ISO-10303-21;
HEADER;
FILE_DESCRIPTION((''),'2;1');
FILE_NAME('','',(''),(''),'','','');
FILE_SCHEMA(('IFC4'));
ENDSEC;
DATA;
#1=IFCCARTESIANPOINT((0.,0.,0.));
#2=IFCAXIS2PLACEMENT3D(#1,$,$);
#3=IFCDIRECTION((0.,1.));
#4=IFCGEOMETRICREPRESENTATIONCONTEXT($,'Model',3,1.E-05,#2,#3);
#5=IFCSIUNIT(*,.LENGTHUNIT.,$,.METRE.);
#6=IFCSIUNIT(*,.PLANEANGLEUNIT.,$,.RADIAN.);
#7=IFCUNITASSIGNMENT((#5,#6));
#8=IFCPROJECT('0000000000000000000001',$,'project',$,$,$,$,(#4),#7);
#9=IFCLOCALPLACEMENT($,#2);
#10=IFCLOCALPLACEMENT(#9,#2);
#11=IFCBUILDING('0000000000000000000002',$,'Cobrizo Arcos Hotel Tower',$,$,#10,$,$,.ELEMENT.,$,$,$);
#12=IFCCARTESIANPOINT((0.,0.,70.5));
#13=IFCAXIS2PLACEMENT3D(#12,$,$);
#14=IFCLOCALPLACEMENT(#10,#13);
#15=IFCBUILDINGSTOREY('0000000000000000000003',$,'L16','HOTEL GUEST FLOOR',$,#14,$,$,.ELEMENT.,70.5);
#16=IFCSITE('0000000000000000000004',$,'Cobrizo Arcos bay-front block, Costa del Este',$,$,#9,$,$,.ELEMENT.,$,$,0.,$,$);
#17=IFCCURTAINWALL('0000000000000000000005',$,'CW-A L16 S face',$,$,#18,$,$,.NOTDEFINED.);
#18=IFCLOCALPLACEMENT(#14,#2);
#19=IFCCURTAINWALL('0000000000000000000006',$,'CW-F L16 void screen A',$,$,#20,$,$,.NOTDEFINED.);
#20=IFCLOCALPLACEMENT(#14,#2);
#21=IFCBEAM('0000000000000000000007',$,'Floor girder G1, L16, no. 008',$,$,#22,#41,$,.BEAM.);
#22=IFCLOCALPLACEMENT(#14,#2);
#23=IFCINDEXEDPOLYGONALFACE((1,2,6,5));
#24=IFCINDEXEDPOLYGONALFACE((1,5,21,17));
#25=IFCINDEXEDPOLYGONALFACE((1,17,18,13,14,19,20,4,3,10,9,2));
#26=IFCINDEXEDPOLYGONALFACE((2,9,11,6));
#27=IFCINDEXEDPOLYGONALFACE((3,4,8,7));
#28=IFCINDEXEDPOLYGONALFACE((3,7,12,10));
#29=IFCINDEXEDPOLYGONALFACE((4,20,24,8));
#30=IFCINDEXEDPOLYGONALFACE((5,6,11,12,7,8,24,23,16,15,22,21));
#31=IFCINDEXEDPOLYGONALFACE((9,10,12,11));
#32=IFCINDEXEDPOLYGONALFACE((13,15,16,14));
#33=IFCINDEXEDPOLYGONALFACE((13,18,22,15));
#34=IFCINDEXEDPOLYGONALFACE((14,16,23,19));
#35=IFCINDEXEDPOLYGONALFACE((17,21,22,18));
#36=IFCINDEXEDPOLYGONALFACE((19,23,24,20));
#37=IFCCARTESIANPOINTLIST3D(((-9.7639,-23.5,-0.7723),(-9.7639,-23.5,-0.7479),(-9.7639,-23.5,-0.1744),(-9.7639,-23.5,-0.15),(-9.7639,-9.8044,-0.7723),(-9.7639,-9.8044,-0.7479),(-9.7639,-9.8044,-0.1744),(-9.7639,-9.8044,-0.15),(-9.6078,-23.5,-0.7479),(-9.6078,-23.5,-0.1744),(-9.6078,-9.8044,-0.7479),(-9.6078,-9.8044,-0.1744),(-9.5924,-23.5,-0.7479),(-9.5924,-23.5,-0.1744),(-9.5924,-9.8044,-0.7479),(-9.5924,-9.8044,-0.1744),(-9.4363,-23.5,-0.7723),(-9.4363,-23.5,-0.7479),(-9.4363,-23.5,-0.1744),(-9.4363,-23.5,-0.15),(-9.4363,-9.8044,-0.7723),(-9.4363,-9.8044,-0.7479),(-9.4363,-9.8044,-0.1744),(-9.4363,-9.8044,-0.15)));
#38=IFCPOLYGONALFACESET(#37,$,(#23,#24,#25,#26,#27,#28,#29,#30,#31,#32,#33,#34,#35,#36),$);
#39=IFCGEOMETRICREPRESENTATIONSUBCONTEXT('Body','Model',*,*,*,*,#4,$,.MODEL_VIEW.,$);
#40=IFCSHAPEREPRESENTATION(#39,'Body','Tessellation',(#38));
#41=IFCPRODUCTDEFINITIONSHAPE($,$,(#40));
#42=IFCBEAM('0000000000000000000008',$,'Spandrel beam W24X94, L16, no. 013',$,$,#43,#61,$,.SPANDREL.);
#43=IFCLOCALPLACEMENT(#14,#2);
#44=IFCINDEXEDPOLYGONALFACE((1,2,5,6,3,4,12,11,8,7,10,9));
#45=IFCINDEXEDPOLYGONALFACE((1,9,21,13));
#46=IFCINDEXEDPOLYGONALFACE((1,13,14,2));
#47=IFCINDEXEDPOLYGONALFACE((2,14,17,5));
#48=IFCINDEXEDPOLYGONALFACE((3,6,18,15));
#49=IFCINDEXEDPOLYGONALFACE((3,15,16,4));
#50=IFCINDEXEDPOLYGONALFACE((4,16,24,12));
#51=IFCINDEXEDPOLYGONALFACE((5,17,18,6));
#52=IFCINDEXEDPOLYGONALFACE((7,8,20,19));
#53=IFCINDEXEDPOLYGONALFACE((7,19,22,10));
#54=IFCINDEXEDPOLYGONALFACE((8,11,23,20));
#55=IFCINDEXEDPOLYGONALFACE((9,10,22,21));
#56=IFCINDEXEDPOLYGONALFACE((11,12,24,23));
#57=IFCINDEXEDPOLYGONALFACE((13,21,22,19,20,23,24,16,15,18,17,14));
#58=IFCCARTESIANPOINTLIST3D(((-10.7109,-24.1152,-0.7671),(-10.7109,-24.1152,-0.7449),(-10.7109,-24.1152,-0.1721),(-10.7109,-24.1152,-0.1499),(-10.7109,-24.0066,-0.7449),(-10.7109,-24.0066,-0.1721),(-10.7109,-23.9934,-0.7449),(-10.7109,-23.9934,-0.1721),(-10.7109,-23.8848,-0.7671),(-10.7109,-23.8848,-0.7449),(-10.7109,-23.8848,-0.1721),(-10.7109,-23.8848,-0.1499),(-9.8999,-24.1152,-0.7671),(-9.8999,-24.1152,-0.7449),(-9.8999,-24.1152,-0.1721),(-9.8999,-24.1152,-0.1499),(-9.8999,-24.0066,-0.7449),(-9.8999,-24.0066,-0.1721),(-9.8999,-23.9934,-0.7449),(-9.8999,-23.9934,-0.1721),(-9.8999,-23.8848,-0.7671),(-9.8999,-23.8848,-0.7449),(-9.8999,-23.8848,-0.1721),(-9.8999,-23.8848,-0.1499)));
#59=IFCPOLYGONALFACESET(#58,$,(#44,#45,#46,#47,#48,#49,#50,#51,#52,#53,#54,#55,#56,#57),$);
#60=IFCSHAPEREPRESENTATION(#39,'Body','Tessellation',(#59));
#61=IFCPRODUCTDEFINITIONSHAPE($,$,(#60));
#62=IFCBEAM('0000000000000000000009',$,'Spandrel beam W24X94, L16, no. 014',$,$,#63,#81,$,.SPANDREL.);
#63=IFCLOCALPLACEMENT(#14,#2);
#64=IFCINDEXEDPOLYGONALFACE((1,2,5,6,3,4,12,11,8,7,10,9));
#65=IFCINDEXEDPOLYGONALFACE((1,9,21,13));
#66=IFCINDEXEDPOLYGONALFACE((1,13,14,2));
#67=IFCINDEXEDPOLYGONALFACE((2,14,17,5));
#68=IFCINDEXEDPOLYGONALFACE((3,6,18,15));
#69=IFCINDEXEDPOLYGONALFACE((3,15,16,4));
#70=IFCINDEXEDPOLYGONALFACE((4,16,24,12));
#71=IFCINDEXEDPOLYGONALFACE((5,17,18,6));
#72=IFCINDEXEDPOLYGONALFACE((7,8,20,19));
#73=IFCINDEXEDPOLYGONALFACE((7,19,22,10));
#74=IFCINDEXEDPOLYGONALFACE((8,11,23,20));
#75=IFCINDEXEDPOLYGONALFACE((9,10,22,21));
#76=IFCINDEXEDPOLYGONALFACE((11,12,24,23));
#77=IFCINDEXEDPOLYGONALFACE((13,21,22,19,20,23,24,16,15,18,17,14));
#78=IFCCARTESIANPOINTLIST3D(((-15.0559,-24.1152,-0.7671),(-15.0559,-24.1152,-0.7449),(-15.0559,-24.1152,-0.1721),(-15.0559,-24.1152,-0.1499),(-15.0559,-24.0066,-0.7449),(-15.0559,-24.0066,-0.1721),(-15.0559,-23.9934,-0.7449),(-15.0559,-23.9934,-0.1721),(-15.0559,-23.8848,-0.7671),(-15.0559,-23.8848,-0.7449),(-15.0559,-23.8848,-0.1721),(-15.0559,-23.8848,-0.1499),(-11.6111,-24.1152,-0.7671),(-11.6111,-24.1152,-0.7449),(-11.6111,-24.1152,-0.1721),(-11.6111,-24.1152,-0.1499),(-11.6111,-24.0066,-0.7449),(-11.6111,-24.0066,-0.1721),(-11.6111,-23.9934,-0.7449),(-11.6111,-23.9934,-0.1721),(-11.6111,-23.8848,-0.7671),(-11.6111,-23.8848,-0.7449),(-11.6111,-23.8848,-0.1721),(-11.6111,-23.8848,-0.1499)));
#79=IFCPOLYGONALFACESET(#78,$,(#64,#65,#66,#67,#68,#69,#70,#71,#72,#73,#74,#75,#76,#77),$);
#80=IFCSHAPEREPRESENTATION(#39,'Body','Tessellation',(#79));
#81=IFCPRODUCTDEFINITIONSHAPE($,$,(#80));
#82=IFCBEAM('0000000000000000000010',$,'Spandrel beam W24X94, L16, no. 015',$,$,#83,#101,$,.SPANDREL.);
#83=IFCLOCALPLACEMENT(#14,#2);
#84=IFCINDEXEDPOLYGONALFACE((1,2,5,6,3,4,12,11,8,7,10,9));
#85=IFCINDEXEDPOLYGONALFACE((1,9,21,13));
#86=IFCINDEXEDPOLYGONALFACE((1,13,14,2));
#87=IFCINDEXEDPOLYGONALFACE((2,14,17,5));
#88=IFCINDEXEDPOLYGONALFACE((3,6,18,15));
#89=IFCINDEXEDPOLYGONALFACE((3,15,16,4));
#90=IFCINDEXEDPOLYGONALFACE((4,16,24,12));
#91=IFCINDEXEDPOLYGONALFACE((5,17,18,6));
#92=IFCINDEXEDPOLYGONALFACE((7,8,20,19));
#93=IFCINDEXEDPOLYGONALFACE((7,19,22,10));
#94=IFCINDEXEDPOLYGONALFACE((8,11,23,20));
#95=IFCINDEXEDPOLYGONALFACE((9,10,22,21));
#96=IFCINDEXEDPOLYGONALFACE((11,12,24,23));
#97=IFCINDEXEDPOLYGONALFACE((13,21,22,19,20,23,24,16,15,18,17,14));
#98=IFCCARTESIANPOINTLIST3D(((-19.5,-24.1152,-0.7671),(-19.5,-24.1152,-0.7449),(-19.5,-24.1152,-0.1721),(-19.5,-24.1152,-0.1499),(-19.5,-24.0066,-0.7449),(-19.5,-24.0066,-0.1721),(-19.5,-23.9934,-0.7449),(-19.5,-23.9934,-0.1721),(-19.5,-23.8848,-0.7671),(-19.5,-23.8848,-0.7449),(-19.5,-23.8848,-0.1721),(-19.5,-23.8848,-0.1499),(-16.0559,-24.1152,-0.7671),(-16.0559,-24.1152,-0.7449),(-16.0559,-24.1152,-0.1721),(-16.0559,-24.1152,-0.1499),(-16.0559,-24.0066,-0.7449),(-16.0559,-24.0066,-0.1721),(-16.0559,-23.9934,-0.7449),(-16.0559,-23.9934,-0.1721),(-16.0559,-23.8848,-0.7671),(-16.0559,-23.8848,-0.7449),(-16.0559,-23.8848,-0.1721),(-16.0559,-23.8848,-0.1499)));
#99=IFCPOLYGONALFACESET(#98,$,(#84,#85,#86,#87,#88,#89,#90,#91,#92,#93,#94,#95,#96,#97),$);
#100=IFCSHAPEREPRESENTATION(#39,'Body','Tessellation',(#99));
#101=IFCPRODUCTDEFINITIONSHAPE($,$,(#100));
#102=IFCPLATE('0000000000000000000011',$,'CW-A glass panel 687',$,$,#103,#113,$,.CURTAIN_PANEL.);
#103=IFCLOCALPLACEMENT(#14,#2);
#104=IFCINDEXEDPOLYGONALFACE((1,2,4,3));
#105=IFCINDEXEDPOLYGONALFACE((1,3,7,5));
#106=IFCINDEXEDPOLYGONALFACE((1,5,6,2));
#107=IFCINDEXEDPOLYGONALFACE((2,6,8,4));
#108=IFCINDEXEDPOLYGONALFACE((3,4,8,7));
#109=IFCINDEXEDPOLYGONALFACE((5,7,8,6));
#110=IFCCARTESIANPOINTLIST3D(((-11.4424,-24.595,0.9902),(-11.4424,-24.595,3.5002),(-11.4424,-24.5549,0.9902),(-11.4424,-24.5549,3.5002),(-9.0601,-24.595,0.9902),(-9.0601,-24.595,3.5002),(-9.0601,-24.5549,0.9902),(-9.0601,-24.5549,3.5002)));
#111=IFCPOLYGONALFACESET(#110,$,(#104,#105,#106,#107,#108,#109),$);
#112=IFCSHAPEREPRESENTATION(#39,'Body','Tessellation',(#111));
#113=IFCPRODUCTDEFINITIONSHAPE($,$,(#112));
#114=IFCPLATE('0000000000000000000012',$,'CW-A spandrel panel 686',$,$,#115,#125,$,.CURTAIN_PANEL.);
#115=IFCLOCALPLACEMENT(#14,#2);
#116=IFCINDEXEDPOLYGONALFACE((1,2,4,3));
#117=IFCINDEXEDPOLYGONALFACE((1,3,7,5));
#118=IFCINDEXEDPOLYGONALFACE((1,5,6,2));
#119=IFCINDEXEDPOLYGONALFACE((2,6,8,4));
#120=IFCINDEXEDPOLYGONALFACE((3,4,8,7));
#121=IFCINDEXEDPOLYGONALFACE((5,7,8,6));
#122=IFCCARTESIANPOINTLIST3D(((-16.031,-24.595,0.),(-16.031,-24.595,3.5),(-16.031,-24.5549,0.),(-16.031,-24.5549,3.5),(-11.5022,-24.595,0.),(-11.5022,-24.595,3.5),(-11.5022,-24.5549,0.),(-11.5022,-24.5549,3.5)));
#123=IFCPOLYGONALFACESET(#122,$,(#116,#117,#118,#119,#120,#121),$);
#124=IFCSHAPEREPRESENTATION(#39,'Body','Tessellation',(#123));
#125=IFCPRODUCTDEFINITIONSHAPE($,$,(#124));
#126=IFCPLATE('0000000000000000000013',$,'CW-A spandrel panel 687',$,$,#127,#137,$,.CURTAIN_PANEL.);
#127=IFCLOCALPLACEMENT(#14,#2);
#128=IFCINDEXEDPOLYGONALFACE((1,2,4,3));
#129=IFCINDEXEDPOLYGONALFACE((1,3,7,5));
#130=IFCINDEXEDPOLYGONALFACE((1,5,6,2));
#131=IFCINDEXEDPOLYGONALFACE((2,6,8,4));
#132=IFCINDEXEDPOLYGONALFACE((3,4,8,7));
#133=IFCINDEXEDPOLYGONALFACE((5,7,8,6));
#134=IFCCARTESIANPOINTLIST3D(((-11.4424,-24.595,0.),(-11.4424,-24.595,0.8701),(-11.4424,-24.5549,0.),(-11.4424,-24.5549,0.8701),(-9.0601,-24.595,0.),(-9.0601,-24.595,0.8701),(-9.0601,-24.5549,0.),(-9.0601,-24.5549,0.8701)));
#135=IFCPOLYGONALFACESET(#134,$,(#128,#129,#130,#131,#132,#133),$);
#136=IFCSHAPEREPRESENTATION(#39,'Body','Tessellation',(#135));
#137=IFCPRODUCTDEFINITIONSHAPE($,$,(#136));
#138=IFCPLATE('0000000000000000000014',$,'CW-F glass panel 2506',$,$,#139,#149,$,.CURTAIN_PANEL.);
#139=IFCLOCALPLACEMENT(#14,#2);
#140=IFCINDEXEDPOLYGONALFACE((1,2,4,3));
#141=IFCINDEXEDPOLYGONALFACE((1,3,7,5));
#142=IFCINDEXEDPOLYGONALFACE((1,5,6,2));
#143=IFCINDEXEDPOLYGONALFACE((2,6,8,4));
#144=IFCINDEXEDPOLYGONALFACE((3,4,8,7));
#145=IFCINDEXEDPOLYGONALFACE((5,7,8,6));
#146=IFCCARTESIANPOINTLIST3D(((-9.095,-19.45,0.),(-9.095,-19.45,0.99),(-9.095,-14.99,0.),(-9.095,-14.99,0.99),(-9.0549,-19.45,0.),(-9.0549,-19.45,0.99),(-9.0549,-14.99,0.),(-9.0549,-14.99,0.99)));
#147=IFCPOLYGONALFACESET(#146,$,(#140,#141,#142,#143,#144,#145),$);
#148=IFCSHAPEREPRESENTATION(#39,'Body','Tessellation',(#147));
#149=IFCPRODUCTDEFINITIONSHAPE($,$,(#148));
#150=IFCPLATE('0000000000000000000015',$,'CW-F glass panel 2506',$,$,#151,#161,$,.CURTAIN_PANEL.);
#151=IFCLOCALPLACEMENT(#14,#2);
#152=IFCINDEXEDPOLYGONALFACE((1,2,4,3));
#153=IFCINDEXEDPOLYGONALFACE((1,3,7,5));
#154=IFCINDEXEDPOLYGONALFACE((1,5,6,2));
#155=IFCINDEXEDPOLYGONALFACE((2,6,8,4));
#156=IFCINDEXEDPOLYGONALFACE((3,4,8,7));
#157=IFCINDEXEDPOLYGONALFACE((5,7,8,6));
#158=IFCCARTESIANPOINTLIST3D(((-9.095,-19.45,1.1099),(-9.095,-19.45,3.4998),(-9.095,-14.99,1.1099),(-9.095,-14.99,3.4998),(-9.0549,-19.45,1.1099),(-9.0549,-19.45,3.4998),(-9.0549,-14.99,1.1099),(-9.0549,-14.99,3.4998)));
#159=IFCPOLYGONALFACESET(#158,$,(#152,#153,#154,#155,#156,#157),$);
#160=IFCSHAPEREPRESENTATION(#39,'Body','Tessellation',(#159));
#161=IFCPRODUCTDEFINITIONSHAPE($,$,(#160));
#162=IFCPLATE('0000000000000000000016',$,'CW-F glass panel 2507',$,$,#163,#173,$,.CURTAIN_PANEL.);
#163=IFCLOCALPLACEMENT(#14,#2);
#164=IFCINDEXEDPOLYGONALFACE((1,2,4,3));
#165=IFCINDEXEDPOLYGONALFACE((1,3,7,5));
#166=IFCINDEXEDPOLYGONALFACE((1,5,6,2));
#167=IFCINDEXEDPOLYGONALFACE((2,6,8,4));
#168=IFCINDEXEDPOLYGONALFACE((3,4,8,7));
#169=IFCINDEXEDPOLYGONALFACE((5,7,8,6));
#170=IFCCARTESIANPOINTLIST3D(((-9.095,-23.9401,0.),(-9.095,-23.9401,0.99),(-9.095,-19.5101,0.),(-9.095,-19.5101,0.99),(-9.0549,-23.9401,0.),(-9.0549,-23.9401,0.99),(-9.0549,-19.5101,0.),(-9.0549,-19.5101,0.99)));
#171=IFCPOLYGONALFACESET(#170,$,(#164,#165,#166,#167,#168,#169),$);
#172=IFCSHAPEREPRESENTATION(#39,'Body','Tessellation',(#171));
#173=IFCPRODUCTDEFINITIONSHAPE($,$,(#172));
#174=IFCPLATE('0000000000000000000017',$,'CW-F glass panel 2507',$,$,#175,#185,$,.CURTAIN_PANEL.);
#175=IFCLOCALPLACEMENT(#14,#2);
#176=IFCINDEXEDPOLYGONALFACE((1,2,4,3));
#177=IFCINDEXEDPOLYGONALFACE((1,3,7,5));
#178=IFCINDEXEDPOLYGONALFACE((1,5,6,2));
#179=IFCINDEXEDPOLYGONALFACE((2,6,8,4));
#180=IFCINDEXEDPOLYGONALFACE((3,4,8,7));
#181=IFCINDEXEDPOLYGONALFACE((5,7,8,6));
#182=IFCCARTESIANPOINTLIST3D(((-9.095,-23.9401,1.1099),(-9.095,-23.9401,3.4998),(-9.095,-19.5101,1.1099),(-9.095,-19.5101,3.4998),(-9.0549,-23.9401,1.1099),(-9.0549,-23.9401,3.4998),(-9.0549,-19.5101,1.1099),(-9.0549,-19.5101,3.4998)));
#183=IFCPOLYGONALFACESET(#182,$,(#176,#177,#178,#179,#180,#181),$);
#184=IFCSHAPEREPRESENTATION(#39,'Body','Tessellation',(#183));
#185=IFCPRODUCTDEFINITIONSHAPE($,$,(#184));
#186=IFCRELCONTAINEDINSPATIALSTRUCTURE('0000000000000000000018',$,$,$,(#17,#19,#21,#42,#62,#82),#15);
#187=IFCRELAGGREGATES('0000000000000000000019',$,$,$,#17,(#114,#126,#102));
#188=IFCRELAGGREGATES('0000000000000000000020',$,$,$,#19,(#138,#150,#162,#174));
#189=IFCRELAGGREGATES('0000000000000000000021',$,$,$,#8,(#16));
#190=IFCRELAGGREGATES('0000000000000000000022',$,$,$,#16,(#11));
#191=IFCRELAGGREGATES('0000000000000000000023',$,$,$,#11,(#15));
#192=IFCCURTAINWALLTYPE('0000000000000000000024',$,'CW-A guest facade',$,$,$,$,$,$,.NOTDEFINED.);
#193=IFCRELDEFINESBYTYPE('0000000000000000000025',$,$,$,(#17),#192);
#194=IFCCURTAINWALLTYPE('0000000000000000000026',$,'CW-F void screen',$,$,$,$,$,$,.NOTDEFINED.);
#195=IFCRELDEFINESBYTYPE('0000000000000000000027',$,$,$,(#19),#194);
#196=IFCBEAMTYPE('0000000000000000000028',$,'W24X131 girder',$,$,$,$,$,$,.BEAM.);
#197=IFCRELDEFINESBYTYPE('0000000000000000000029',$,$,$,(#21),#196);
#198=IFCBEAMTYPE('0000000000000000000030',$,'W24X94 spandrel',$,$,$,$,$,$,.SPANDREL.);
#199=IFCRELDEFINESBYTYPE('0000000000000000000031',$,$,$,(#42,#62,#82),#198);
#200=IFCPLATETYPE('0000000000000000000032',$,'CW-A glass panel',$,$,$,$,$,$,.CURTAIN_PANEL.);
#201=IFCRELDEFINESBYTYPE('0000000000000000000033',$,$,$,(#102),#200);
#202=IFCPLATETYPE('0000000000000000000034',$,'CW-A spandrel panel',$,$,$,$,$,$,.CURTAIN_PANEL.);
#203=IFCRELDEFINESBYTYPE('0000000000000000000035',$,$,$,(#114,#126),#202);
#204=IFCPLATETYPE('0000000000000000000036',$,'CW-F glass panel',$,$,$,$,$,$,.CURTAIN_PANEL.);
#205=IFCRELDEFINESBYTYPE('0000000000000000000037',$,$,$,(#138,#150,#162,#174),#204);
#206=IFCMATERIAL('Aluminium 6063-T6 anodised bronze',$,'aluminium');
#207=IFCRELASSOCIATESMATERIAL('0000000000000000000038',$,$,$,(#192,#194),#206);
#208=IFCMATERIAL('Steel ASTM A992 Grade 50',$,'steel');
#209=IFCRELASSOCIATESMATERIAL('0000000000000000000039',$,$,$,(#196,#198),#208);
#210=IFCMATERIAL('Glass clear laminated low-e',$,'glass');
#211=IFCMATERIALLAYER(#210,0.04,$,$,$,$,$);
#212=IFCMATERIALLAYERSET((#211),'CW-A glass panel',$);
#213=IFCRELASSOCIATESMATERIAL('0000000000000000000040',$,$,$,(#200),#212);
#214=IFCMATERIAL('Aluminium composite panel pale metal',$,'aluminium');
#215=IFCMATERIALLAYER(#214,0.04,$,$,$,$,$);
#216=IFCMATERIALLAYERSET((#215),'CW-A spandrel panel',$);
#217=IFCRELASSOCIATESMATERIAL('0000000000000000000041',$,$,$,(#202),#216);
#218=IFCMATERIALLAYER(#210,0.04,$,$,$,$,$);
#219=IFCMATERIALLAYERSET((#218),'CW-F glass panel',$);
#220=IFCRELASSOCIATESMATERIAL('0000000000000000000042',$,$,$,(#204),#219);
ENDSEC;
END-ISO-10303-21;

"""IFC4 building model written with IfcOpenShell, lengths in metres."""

from ifc_helpers import new_model, si_unit, direction, frame, origin, origin_2d, place, context, subcontext, project, spatial, rectangle, i_section, extrude, material, layer, layer_set, material_profile, profile_set, type_object, element, aggregate, save


model = new_model("IFC4")

# Units and contexts
model_context = context("Model", 3, precision=1e-05, world=origin(), true_north=direction((0.0, 1.0)))
body_context = subcontext(model_context, "Body", "Model", "MODEL_VIEW")
ifc_project = project(units=[si_unit("LENGTHUNIT", "METRE"), si_unit("PLANEANGLEUNIT", "RADIAN")], contexts=[model_context])

# Site, building, storey
site_placement = place(None, origin())
site = spatial("IfcSite", under=ifc_project, at=site_placement, Name="Cobrizo Arcos bay-front block, Costa del Este", CompositionType="ELEMENT", RefElevation=0.0)
building_placement = place(site_placement, origin())
building = spatial("IfcBuilding", under=site, at=building_placement, Name="Cobrizo Arcos Hotel Tower", CompositionType="ELEMENT")
storey_placement = place(building_placement, frame((0.0, 0.0, 70.5)))
storey = spatial("IfcBuildingStorey", under=building, at=storey_placement, Name="L16", Description="HOTEL GUEST FLOOR", CompositionType="ELEMENT", Elevation=70.5)

# Curtain walls
ifc_material_1 = material(Name="Aluminium 6063-T6 anodised bronze", Category="aluminium")
curtain_wall_type_1 = type_object("IfcCurtainWallType", Name="CW-A guest facade", PredefinedType="NOTDEFINED", material=ifc_material_1)
curtain_wall_1_placement = place(storey_placement, origin())
curtain_wall_1 = element("IfcCurtainWall", 1, at=curtain_wall_1_placement, inside=storey, type_object=curtain_wall_type_1, Name="CW-A L16 S face", PredefinedType="NOTDEFINED")
curtain_wall_type_2 = type_object("IfcCurtainWallType", Name="CW-F void screen", PredefinedType="NOTDEFINED", material=ifc_material_1)
curtain_wall_2_placement = place(storey_placement, origin())
curtain_wall_2 = element("IfcCurtainWall", 2, at=curtain_wall_2_placement, inside=storey, type_object=curtain_wall_type_2, Name="CW-F L16 void screen A", PredefinedType="NOTDEFINED")

# Beams
ifc_material_2 = material(Name="Steel ASTM A992 Grade 50", Category="steel")
ifc_material_profile_1 = material_profile(ifc_material_2, i_section(OverallWidth=0.3276, OverallDepth=0.6223, WebThickness=0.0154, FlangeThickness=0.0244, at=origin_2d()), Name="W24X131")
ifc_profile_set_1 = profile_set([ifc_material_profile_1], Name="Steel ASTM A992 Grade 50")
beam_type_1 = type_object("IfcBeamType", Name="W24X131 girder", PredefinedType="BEAM", material=ifc_profile_set_1)
beam_1_placement = place(storey_placement, frame((-9.6001, -23.5, -0.4612), z_axis=(0.0, 1.0, 0.0), x_axis=(-1.0, 0.0, 0.0)))
element("IfcBeam", 3, at=beam_1_placement, inside=storey, type_object=beam_type_1, Name="Floor girder G1, L16, no. 008", PredefinedType="BEAM", context=body_context, shape_type="SweptSolid", body=[
    extrude(i_section(OverallWidth=0.3276, OverallDepth=0.6223, WebThickness=0.0154, FlangeThickness=0.0244, at=origin_2d()), origin(), (0.0, 0.0, 1.0), 13.6956),
])
ifc_material_profile_2 = material_profile(ifc_material_2, i_section(OverallWidth=0.2305, OverallDepth=0.6172, WebThickness=0.0132, FlangeThickness=0.0222, at=origin_2d()), Name="W24X94")
ifc_profile_set_2 = profile_set([ifc_material_profile_2], Name="Steel ASTM A992 Grade 50")
beam_type_2 = type_object("IfcBeamType", Name="W24X94 spandrel", PredefinedType="SPANDREL", material=ifc_profile_set_2)
beam_2_placement = place(storey_placement, frame((-9.8999, -24.0, -0.4585), z_axis=(-1.0, 0.0, 0.0), x_axis=(0.0, -1.0, 0.0)))
element("IfcBeam", 4, at=beam_2_placement, inside=storey, type_object=beam_type_2, Name="Spandrel beam W24X94, L16, no. 013", PredefinedType="SPANDREL", context=body_context, shape_type="SweptSolid", body=[
    extrude(i_section(OverallWidth=0.2305, OverallDepth=0.6172, WebThickness=0.0132, FlangeThickness=0.0222, at=origin_2d()), origin(), (0.0, 0.0, 1.0), 0.811),
])
beam_3_placement = place(storey_placement, frame((-11.6111, -24.0, -0.4585), z_axis=(-1.0, 0.0, 0.0), x_axis=(0.0, -1.0, 0.0)))
element("IfcBeam", 5, at=beam_3_placement, inside=storey, type_object=beam_type_2, Name="Spandrel beam W24X94, L16, no. 014", PredefinedType="SPANDREL", context=body_context, shape_type="SweptSolid", body=[
    extrude(i_section(OverallWidth=0.2305, OverallDepth=0.6172, WebThickness=0.0132, FlangeThickness=0.0222, at=origin_2d()), origin(), (0.0, 0.0, 1.0), 3.4448),
])
beam_4_placement = place(storey_placement, frame((-16.0559, -24.0, -0.4585), z_axis=(-1.0, 0.0, 0.0), x_axis=(0.0, -1.0, 0.0)))
element("IfcBeam", 6, at=beam_4_placement, inside=storey, type_object=beam_type_2, Name="Spandrel beam W24X94, L16, no. 015", PredefinedType="SPANDREL", context=body_context, shape_type="SweptSolid", body=[
    extrude(i_section(OverallWidth=0.2305, OverallDepth=0.6172, WebThickness=0.0132, FlangeThickness=0.0222, at=origin_2d()), origin(), (0.0, 0.0, 1.0), 3.4441),
])

# Plates
ifc_material_3 = material(Name="Glass clear laminated low-e", Category="glass")
ifc_layer_1 = layer(ifc_material_3, 0.04)
ifc_layer_set_1 = layer_set([ifc_layer_1], Name="CW-A glass panel")
plate_type_1 = type_object("IfcPlateType", Name="CW-A glass panel", PredefinedType="CURTAIN_PANEL", material=ifc_layer_set_1)
plate_1_placement = place(storey_placement, frame((-10.2512, -24.575, 0.9902), z_axis=(0.0, 0.0, 1.0), x_axis=(1.0, 0.0, 0.0)))
plate_1 = element("IfcPlate", 7, at=plate_1_placement, type_object=plate_type_1, Name="CW-A glass panel 687", PredefinedType="CURTAIN_PANEL", context=body_context, shape_type="SweptSolid", body=[
    extrude(rectangle(XDim=2.3823, YDim=0.04, at=origin_2d()), origin(), (0.0, 0.0, 1.0), 2.51),
])
ifc_material_4 = material(Name="Aluminium composite panel pale metal", Category="aluminium")
ifc_layer_2 = layer(ifc_material_4, 0.04)
ifc_layer_set_2 = layer_set([ifc_layer_2], Name="CW-A spandrel panel")
plate_type_2 = type_object("IfcPlateType", Name="CW-A spandrel panel", PredefinedType="CURTAIN_PANEL", material=ifc_layer_set_2)
plate_2_placement = place(storey_placement, frame((-13.7666, -24.575, 0.0), z_axis=(0.0, 0.0, 1.0), x_axis=(1.0, 0.0, 0.0)))
plate_2 = element("IfcPlate", 8, at=plate_2_placement, type_object=plate_type_2, Name="CW-A spandrel panel 686", PredefinedType="CURTAIN_PANEL", context=body_context, shape_type="SweptSolid", body=[
    extrude(rectangle(XDim=4.5288, YDim=0.04, at=origin_2d()), origin(), (0.0, 0.0, 1.0), 3.5),
])
plate_3_placement = place(storey_placement, frame((-10.2512, -24.575, 0.0), z_axis=(0.0, 0.0, 1.0), x_axis=(1.0, 0.0, 0.0)))
plate_3 = element("IfcPlate", 9, at=plate_3_placement, type_object=plate_type_2, Name="CW-A spandrel panel 687", PredefinedType="CURTAIN_PANEL", context=body_context, shape_type="SweptSolid", body=[
    extrude(rectangle(XDim=2.3823, YDim=0.04, at=origin_2d()), origin(), (0.0, 0.0, 1.0), 0.8701),
])
aggregate(curtain_wall_1, [plate_2, plate_3, plate_1])
ifc_layer_3 = layer(ifc_material_3, 0.04)
ifc_layer_set_3 = layer_set([ifc_layer_3], Name="CW-F glass panel")
plate_type_3 = type_object("IfcPlateType", Name="CW-F glass panel", PredefinedType="CURTAIN_PANEL", material=ifc_layer_set_3)
plate_4_placement = place(storey_placement, frame((-9.075, -17.22, 0.0), z_axis=(0.0, 0.0, 1.0), x_axis=(0.0, -1.0, 0.0)))
plate_4 = element("IfcPlate", 10, at=plate_4_placement, type_object=plate_type_3, Name="CW-F glass panel 2506", PredefinedType="CURTAIN_PANEL", context=body_context, shape_type="SweptSolid", body=[
    extrude(rectangle(XDim=4.46, YDim=0.04, at=origin_2d()), origin(), (0.0, 0.0, 1.0), 0.99),
])
plate_5_placement = place(storey_placement, frame((-9.075, -17.22, 1.1099), z_axis=(0.0, 0.0, 1.0), x_axis=(0.0, -1.0, 0.0)))
plate_5 = element("IfcPlate", 11, at=plate_5_placement, type_object=plate_type_3, Name="CW-F glass panel 2506", PredefinedType="CURTAIN_PANEL", context=body_context, shape_type="SweptSolid", body=[
    extrude(rectangle(XDim=4.46, YDim=0.04, at=origin_2d()), origin(), (0.0, 0.0, 1.0), 2.3899),
])
plate_6_placement = place(storey_placement, frame((-9.075, -21.7251, 0.0), z_axis=(0.0, 0.0, 1.0), x_axis=(0.0, -1.0, 0.0)))
plate_6 = element("IfcPlate", 12, at=plate_6_placement, type_object=plate_type_3, Name="CW-F glass panel 2507", PredefinedType="CURTAIN_PANEL", context=body_context, shape_type="SweptSolid", body=[
    extrude(rectangle(XDim=4.4299, YDim=0.04, at=origin_2d()), origin(), (0.0, 0.0, 1.0), 0.99),
])
plate_7_placement = place(storey_placement, frame((-9.075, -21.7251, 1.1099), z_axis=(0.0, 0.0, 1.0), x_axis=(0.0, -1.0, 0.0)))
plate_7 = element("IfcPlate", 13, at=plate_7_placement, type_object=plate_type_3, Name="CW-F glass panel 2507", PredefinedType="CURTAIN_PANEL", context=body_context, shape_type="SweptSolid", body=[
    extrude(rectangle(XDim=4.4299, YDim=0.04, at=origin_2d()), origin(), (0.0, 0.0, 1.0), 2.3899),
])
aggregate(curtain_wall_2, [plate_4, plate_5, plate_6, plate_7])

save(model, "model.ifc")
